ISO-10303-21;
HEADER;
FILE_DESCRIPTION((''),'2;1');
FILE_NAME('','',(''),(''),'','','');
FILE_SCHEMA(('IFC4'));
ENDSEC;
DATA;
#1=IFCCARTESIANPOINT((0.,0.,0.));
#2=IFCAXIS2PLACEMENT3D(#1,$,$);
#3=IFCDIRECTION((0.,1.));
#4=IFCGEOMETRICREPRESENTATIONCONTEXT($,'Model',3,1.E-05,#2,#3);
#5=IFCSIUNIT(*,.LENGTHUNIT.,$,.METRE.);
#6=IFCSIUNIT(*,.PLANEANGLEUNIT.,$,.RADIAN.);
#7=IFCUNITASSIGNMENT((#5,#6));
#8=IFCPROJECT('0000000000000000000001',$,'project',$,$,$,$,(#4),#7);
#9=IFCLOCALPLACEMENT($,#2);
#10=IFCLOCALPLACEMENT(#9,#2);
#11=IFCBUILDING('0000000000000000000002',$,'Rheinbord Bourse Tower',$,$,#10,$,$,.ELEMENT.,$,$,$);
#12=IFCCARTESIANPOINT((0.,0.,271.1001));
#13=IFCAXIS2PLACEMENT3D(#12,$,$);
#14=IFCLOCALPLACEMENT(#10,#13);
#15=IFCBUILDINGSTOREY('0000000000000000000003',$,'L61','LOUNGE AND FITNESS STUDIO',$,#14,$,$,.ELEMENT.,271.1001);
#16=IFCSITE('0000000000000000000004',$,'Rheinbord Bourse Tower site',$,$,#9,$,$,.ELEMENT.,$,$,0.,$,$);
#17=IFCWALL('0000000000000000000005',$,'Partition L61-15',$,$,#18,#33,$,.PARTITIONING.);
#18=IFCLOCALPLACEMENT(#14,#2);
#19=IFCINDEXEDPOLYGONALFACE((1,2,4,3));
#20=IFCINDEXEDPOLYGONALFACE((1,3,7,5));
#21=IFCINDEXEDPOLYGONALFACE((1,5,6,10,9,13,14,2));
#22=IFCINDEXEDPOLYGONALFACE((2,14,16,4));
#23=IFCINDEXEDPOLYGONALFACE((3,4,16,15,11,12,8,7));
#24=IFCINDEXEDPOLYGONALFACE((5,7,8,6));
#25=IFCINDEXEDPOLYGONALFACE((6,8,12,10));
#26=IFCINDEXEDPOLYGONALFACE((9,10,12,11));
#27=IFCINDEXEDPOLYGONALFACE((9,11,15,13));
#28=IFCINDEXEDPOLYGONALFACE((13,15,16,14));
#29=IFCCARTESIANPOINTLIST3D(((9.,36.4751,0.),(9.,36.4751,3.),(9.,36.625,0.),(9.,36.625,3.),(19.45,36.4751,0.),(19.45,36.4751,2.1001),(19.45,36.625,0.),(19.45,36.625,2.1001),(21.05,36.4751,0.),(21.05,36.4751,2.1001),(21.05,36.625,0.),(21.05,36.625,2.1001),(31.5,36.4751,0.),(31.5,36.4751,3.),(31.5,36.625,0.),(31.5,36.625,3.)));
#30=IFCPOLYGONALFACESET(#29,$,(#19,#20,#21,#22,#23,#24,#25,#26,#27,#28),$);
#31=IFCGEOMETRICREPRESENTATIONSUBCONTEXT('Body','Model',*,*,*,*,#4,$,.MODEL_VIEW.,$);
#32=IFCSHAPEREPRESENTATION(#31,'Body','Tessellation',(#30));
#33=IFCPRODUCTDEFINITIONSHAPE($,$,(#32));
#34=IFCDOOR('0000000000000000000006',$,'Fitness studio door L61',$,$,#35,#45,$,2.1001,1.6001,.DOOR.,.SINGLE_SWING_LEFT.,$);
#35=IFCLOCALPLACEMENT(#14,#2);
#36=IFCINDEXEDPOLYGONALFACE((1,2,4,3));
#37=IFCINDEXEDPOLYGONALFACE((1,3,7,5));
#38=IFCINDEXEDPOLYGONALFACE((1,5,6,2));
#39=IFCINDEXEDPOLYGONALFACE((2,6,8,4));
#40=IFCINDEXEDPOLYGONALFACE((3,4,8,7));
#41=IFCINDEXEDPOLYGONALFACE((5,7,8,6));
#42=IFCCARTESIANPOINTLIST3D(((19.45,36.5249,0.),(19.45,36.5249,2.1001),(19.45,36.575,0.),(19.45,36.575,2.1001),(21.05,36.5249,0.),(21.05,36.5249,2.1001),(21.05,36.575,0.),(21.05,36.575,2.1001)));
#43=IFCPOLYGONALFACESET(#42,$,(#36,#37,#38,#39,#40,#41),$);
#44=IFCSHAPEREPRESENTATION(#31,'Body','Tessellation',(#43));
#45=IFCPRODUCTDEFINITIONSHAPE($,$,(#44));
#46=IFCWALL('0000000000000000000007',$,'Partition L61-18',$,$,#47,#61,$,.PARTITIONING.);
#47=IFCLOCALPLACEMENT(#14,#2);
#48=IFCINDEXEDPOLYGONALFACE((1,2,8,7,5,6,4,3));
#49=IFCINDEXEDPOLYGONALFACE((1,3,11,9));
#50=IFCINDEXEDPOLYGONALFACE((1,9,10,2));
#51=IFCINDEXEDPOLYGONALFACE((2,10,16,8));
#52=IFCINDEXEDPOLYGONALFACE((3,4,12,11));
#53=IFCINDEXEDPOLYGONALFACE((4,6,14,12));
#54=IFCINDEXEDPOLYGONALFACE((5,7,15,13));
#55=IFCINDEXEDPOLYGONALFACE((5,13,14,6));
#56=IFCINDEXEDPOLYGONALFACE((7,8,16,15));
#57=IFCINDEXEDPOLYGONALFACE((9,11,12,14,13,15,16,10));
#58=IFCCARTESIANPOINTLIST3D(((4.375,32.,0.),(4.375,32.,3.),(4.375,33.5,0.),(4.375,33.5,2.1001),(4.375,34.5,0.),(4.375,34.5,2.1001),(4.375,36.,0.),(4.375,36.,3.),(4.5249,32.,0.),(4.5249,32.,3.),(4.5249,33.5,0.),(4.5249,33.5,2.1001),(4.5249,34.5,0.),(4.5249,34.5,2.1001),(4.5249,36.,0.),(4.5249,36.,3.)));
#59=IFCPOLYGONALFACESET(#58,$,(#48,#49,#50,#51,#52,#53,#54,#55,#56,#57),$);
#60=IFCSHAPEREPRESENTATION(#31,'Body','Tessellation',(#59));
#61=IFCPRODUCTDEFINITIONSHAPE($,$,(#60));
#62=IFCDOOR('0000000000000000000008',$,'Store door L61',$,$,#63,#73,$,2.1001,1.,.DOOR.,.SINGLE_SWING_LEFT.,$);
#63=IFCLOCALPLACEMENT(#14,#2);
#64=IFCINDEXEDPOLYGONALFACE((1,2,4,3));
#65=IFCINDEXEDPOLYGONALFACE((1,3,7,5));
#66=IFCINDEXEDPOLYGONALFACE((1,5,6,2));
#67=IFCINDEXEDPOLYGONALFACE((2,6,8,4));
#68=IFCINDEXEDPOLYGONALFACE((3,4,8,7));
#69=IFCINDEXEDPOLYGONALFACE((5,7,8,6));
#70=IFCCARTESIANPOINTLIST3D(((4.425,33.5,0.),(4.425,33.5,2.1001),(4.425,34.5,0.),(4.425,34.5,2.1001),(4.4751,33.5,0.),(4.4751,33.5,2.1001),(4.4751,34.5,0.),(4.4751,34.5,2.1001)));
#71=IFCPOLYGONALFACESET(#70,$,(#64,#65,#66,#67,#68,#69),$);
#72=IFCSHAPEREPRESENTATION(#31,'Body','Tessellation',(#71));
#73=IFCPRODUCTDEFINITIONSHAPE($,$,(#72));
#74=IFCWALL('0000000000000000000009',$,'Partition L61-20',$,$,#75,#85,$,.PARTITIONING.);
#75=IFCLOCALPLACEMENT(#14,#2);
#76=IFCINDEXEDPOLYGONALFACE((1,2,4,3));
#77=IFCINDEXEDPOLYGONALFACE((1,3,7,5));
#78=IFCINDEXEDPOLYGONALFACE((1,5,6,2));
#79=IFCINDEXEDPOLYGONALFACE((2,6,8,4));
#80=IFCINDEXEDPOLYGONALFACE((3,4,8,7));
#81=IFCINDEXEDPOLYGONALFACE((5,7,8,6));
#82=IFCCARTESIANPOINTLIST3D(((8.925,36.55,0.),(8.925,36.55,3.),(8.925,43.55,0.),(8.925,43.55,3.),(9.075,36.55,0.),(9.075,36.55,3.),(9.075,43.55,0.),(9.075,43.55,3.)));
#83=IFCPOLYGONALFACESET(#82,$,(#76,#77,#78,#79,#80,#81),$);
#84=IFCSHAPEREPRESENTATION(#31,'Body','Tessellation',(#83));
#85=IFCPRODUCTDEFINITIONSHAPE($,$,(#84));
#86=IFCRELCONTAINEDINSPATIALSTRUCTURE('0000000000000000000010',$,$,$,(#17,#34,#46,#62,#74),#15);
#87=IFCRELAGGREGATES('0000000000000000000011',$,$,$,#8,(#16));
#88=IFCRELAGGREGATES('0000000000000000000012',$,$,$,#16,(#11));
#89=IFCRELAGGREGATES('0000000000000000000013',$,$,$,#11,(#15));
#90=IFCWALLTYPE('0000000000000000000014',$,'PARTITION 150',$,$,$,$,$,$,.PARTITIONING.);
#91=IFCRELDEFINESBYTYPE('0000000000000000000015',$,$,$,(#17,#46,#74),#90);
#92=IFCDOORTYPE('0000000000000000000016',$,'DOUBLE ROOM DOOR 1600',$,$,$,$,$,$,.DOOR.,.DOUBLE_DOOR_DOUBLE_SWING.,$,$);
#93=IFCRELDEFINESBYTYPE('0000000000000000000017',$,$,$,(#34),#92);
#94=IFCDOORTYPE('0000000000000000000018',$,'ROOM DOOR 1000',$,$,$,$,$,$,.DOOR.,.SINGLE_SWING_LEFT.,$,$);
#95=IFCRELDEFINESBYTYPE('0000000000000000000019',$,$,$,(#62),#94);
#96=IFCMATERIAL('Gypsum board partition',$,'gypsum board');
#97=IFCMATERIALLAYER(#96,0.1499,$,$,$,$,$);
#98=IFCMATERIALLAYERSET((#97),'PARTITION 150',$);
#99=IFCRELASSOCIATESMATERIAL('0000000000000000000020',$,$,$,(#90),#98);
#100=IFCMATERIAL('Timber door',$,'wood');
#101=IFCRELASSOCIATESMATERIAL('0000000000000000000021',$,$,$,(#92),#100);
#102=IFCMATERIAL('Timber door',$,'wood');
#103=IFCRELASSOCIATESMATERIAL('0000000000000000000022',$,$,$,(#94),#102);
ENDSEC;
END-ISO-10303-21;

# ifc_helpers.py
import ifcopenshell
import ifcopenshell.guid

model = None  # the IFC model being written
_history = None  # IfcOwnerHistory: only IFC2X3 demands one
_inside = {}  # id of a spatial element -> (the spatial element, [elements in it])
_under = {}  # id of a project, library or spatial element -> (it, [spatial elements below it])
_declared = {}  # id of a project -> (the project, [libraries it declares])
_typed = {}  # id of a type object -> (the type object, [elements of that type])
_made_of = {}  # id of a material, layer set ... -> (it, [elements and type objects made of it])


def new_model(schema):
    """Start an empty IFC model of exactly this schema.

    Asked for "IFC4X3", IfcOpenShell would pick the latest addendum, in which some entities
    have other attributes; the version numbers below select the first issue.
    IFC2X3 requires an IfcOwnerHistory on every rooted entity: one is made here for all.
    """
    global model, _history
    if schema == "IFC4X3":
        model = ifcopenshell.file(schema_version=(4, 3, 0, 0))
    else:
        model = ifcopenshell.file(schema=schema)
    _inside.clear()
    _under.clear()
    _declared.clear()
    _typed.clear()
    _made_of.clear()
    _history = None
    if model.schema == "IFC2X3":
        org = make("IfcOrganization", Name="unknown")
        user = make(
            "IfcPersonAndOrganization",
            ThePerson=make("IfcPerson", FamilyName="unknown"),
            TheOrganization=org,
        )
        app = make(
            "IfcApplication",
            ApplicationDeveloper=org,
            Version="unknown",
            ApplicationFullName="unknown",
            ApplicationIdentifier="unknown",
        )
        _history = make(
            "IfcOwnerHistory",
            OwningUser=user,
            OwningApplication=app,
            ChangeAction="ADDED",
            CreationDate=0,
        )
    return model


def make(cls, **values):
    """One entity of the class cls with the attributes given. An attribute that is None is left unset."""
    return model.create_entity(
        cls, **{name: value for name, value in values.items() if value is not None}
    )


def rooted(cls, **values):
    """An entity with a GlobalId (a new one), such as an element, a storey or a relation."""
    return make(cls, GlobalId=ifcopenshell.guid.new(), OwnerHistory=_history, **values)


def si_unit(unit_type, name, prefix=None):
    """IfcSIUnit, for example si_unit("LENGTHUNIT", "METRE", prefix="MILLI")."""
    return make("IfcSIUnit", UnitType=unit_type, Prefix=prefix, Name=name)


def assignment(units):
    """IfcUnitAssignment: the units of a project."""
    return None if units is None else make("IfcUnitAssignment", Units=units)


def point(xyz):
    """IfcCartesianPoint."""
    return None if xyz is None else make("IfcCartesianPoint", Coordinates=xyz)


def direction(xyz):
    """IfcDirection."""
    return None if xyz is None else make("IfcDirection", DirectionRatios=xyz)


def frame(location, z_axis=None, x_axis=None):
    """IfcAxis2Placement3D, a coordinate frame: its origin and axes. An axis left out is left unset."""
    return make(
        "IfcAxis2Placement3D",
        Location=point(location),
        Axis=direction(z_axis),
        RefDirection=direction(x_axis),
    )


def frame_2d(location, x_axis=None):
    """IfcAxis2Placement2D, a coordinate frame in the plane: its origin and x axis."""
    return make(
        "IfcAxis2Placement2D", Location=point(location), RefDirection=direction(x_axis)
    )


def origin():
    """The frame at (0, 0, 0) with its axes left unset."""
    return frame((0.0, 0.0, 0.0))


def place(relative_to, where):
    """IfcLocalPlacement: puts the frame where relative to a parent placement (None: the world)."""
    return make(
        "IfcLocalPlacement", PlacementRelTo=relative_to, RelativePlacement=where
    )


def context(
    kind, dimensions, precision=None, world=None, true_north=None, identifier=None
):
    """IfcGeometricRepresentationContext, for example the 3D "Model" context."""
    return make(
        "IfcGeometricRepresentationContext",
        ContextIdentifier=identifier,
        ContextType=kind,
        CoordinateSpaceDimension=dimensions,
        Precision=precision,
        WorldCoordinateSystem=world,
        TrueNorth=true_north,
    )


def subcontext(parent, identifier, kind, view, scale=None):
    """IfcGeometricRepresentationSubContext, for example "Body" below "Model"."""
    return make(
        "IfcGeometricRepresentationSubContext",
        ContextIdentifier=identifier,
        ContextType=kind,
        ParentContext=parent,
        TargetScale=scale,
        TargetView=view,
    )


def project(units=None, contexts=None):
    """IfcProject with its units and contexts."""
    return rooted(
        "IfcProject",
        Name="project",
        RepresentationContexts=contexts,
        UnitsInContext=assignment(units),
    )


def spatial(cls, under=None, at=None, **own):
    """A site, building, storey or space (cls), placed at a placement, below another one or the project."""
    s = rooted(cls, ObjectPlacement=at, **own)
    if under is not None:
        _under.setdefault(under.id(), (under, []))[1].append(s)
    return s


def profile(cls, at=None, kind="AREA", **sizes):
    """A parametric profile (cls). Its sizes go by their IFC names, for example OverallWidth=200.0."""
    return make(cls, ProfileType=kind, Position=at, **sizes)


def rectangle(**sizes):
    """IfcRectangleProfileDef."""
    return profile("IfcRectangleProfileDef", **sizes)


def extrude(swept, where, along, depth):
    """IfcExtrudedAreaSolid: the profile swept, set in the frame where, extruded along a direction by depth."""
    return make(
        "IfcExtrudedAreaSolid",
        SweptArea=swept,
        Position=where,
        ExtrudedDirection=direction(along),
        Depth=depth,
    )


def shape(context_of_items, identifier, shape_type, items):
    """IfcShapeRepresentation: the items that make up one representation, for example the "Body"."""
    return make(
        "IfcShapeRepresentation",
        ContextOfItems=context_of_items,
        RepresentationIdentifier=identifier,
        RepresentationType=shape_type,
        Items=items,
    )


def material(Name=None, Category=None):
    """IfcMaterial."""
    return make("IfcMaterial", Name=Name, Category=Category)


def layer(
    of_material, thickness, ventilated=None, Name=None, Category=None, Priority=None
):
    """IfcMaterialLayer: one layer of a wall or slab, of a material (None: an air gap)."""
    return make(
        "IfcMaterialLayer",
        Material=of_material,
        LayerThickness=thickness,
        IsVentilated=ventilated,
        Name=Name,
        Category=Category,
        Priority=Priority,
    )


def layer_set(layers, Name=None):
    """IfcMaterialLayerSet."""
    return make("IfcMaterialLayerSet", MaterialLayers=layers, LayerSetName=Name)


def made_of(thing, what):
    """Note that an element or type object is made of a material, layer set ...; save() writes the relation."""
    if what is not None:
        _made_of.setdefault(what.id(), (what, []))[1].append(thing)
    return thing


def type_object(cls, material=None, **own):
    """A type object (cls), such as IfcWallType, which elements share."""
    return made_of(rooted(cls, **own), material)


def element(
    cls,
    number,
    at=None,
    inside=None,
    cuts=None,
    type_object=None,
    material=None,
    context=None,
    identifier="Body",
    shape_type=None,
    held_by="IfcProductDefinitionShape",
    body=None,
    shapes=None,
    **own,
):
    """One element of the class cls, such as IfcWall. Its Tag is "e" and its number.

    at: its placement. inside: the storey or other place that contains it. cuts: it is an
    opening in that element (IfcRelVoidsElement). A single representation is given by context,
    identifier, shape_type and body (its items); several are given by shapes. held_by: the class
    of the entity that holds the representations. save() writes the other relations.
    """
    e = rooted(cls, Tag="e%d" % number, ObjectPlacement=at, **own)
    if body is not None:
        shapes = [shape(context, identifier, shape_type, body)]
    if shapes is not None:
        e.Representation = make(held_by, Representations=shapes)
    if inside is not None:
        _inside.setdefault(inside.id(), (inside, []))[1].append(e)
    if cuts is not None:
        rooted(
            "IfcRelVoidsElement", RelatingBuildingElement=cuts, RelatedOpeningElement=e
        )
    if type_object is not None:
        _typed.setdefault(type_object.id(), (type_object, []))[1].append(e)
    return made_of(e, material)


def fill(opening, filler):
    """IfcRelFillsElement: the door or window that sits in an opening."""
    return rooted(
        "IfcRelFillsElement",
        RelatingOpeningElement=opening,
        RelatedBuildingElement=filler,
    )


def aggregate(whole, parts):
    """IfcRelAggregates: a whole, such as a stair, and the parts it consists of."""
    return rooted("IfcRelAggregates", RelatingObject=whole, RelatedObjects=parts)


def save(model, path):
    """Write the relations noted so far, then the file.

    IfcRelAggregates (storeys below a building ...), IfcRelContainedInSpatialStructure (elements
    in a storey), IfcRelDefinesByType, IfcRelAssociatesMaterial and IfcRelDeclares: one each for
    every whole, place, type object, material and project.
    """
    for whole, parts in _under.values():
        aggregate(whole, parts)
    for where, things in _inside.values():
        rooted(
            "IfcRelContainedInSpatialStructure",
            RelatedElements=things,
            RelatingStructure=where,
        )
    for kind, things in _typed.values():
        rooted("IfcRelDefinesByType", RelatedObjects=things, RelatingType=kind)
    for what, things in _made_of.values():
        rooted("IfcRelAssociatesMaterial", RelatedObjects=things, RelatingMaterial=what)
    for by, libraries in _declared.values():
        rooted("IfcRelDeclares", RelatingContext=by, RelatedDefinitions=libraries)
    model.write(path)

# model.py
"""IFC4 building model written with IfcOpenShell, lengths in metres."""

from ifc_helpers import new_model, si_unit, direction, frame, frame_2d, origin, place, context, subcontext, project, spatial, rectangle, extrude, material, layer, layer_set, type_object, element, fill, save


model = new_model("IFC4")

# Units and contexts
model_context = context("Model", 3, precision=1e-05, world=origin(), true_north=direction((0.0, 1.0)))
body_context = subcontext(model_context, "Body", "Model", "MODEL_VIEW")
ifc_project = project(units=[si_unit("LENGTHUNIT", "METRE"), si_unit("PLANEANGLEUNIT", "RADIAN")], contexts=[model_context])

# Site, building, storey
site_placement = place(None, origin())
site = spatial("IfcSite", under=ifc_project, at=site_placement, Name="Rheinbord Bourse Tower site", CompositionType="ELEMENT", RefElevation=0.0)
building_placement = place(site_placement, origin())
building = spatial("IfcBuilding", under=site, at=building_placement, Name="Rheinbord Bourse Tower", CompositionType="ELEMENT")
storey_placement = place(building_placement, frame((0.0, 0.0, 271.1001)))
storey = spatial("IfcBuildingStorey", under=building, at=storey_placement, Name="L61", Description="LOUNGE AND FITNESS STUDIO", CompositionType="ELEMENT", Elevation=271.1001)

# Shared definitions
ifc_material_1 = material(Name="Gypsum board partition", Category="gypsum board")
ifc_layer_1 = layer(ifc_material_1, 0.1499)
ifc_layer_set_1 = layer_set([ifc_layer_1], Name="PARTITION 150")
wall_type = type_object("IfcWallType", Name="PARTITION 150", PredefinedType="PARTITIONING", material=ifc_layer_set_1)

# Walls, openings, doors
wall_1_placement = place(storey_placement, frame((9.0, 36.55, 0.0), z_axis=(0.0, 0.0, 1.0), x_axis=(1.0, 0.0, 0.0)))
wall_1 = element("IfcWall", 1, at=wall_1_placement, inside=storey, type_object=wall_type, Name="Partition L61-15", PredefinedType="PARTITIONING", context=body_context, shape_type="SweptSolid", body=[
    extrude(rectangle(XDim=22.5, YDim=0.1499, at=frame_2d((11.25, 0.0))), origin(), (0.0, 0.0, 1.0), 3.0),
])
opening_1_placement = place(wall_1_placement, frame((10.45, 0.0, 0.0)))
opening_1 = element("IfcOpeningElement", 2, at=opening_1_placement, cuts=wall_1, PredefinedType="OPENING", context=body_context, shape_type="SweptSolid", body=[
    extrude(rectangle(XDim=1.6001, YDim=2.1001, at=frame_2d((0.8, 1.05))), frame((0.0, 0.085, 0.0), z_axis=(0.0, -1.0, 0.0), x_axis=(1.0, 0.0, 0.0)), (0.0, 0.0, 1.0), 0.1699),
])
ifc_material_2 = material(Name="Timber door", Category="wood")
door_type_1 = type_object("IfcDoorType", Name="DOUBLE ROOM DOOR 1600", OperationType="DOUBLE_DOOR_DOUBLE_SWING", PredefinedType="DOOR", material=ifc_material_2)
door_1_placement = place(opening_1_placement, origin())
door_1 = element("IfcDoor", 3, at=door_1_placement, inside=storey, type_object=door_type_1, Name="Fitness studio door L61", OperationType="SINGLE_SWING_LEFT", OverallHeight=2.1001, OverallWidth=1.6001, PredefinedType="DOOR", context=body_context, shape_type="SweptSolid", body=[
    extrude(rectangle(XDim=1.6001, YDim=2.1001, at=frame_2d((0.8, 1.05))), frame((0.0, 0.0249, 0.0), z_axis=(0.0, -1.0, 0.0), x_axis=(1.0, 0.0, 0.0)), (0.0, 0.0, 1.0), 0.05),
])
fill(opening_1, door_1)
wall_2_placement = place(storey_placement, frame((4.45, 32.0, 0.0), z_axis=(0.0, 0.0, 1.0), x_axis=(0.0, 1.0, 0.0)))
wall_2 = element("IfcWall", 4, at=wall_2_placement, inside=storey, type_object=wall_type, Name="Partition L61-18", PredefinedType="PARTITIONING", context=body_context, shape_type="SweptSolid", body=[
    extrude(rectangle(XDim=4.0, YDim=0.1499, at=frame_2d((2.0, 0.0))), origin(), (0.0, 0.0, 1.0), 3.0),
])
opening_2_placement = place(wall_2_placement, frame((1.5, 0.0, 0.0)))
opening_2 = element("IfcOpeningElement", 5, at=opening_2_placement, cuts=wall_2, PredefinedType="OPENING", context=body_context, shape_type="SweptSolid", body=[
    extrude(rectangle(XDim=1.0, YDim=2.1001, at=frame_2d((0.5, 1.05))), frame((0.0, 0.085, 0.0), z_axis=(0.0, -1.0, 0.0), x_axis=(1.0, 0.0, 0.0)), (0.0, 0.0, 1.0), 0.1699),
])
ifc_material_3 = material(Name="Timber door", Category="wood")
door_type_2 = type_object("IfcDoorType", Name="ROOM DOOR 1000", OperationType="SINGLE_SWING_LEFT", PredefinedType="DOOR", material=ifc_material_3)
door_2_placement = place(opening_2_placement, origin())
door_2 = element("IfcDoor", 6, at=door_2_placement, inside=storey, type_object=door_type_2, Name="Store door L61", OperationType="SINGLE_SWING_LEFT", OverallHeight=2.1001, OverallWidth=1.0, PredefinedType="DOOR", context=body_context, shape_type="SweptSolid", body=[
    extrude(rectangle(XDim=1.0, YDim=2.1001, at=frame_2d((0.5, 1.05))), frame((0.0, 0.0249, 0.0), z_axis=(0.0, -1.0, 0.0), x_axis=(1.0, 0.0, 0.0)), (0.0, 0.0, 1.0), 0.05),
])
fill(opening_2, door_2)

# Wall
wall_3_placement = place(storey_placement, frame((9.0, 36.55, 0.0), z_axis=(0.0, 0.0, 1.0), x_axis=(0.0, 1.0, 0.0)))
element("IfcWall", 7, at=wall_3_placement, inside=storey, type_object=wall_type, Name="Partition L61-20", PredefinedType="PARTITIONING", context=body_context, shape_type="SweptSolid", body=[
    extrude(rectangle(XDim=7.0, YDim=0.1499, at=frame_2d((3.5, 0.0))), origin(), (0.0, 0.0, 1.0), 3.0),
])

save(model, "model.ifc")
